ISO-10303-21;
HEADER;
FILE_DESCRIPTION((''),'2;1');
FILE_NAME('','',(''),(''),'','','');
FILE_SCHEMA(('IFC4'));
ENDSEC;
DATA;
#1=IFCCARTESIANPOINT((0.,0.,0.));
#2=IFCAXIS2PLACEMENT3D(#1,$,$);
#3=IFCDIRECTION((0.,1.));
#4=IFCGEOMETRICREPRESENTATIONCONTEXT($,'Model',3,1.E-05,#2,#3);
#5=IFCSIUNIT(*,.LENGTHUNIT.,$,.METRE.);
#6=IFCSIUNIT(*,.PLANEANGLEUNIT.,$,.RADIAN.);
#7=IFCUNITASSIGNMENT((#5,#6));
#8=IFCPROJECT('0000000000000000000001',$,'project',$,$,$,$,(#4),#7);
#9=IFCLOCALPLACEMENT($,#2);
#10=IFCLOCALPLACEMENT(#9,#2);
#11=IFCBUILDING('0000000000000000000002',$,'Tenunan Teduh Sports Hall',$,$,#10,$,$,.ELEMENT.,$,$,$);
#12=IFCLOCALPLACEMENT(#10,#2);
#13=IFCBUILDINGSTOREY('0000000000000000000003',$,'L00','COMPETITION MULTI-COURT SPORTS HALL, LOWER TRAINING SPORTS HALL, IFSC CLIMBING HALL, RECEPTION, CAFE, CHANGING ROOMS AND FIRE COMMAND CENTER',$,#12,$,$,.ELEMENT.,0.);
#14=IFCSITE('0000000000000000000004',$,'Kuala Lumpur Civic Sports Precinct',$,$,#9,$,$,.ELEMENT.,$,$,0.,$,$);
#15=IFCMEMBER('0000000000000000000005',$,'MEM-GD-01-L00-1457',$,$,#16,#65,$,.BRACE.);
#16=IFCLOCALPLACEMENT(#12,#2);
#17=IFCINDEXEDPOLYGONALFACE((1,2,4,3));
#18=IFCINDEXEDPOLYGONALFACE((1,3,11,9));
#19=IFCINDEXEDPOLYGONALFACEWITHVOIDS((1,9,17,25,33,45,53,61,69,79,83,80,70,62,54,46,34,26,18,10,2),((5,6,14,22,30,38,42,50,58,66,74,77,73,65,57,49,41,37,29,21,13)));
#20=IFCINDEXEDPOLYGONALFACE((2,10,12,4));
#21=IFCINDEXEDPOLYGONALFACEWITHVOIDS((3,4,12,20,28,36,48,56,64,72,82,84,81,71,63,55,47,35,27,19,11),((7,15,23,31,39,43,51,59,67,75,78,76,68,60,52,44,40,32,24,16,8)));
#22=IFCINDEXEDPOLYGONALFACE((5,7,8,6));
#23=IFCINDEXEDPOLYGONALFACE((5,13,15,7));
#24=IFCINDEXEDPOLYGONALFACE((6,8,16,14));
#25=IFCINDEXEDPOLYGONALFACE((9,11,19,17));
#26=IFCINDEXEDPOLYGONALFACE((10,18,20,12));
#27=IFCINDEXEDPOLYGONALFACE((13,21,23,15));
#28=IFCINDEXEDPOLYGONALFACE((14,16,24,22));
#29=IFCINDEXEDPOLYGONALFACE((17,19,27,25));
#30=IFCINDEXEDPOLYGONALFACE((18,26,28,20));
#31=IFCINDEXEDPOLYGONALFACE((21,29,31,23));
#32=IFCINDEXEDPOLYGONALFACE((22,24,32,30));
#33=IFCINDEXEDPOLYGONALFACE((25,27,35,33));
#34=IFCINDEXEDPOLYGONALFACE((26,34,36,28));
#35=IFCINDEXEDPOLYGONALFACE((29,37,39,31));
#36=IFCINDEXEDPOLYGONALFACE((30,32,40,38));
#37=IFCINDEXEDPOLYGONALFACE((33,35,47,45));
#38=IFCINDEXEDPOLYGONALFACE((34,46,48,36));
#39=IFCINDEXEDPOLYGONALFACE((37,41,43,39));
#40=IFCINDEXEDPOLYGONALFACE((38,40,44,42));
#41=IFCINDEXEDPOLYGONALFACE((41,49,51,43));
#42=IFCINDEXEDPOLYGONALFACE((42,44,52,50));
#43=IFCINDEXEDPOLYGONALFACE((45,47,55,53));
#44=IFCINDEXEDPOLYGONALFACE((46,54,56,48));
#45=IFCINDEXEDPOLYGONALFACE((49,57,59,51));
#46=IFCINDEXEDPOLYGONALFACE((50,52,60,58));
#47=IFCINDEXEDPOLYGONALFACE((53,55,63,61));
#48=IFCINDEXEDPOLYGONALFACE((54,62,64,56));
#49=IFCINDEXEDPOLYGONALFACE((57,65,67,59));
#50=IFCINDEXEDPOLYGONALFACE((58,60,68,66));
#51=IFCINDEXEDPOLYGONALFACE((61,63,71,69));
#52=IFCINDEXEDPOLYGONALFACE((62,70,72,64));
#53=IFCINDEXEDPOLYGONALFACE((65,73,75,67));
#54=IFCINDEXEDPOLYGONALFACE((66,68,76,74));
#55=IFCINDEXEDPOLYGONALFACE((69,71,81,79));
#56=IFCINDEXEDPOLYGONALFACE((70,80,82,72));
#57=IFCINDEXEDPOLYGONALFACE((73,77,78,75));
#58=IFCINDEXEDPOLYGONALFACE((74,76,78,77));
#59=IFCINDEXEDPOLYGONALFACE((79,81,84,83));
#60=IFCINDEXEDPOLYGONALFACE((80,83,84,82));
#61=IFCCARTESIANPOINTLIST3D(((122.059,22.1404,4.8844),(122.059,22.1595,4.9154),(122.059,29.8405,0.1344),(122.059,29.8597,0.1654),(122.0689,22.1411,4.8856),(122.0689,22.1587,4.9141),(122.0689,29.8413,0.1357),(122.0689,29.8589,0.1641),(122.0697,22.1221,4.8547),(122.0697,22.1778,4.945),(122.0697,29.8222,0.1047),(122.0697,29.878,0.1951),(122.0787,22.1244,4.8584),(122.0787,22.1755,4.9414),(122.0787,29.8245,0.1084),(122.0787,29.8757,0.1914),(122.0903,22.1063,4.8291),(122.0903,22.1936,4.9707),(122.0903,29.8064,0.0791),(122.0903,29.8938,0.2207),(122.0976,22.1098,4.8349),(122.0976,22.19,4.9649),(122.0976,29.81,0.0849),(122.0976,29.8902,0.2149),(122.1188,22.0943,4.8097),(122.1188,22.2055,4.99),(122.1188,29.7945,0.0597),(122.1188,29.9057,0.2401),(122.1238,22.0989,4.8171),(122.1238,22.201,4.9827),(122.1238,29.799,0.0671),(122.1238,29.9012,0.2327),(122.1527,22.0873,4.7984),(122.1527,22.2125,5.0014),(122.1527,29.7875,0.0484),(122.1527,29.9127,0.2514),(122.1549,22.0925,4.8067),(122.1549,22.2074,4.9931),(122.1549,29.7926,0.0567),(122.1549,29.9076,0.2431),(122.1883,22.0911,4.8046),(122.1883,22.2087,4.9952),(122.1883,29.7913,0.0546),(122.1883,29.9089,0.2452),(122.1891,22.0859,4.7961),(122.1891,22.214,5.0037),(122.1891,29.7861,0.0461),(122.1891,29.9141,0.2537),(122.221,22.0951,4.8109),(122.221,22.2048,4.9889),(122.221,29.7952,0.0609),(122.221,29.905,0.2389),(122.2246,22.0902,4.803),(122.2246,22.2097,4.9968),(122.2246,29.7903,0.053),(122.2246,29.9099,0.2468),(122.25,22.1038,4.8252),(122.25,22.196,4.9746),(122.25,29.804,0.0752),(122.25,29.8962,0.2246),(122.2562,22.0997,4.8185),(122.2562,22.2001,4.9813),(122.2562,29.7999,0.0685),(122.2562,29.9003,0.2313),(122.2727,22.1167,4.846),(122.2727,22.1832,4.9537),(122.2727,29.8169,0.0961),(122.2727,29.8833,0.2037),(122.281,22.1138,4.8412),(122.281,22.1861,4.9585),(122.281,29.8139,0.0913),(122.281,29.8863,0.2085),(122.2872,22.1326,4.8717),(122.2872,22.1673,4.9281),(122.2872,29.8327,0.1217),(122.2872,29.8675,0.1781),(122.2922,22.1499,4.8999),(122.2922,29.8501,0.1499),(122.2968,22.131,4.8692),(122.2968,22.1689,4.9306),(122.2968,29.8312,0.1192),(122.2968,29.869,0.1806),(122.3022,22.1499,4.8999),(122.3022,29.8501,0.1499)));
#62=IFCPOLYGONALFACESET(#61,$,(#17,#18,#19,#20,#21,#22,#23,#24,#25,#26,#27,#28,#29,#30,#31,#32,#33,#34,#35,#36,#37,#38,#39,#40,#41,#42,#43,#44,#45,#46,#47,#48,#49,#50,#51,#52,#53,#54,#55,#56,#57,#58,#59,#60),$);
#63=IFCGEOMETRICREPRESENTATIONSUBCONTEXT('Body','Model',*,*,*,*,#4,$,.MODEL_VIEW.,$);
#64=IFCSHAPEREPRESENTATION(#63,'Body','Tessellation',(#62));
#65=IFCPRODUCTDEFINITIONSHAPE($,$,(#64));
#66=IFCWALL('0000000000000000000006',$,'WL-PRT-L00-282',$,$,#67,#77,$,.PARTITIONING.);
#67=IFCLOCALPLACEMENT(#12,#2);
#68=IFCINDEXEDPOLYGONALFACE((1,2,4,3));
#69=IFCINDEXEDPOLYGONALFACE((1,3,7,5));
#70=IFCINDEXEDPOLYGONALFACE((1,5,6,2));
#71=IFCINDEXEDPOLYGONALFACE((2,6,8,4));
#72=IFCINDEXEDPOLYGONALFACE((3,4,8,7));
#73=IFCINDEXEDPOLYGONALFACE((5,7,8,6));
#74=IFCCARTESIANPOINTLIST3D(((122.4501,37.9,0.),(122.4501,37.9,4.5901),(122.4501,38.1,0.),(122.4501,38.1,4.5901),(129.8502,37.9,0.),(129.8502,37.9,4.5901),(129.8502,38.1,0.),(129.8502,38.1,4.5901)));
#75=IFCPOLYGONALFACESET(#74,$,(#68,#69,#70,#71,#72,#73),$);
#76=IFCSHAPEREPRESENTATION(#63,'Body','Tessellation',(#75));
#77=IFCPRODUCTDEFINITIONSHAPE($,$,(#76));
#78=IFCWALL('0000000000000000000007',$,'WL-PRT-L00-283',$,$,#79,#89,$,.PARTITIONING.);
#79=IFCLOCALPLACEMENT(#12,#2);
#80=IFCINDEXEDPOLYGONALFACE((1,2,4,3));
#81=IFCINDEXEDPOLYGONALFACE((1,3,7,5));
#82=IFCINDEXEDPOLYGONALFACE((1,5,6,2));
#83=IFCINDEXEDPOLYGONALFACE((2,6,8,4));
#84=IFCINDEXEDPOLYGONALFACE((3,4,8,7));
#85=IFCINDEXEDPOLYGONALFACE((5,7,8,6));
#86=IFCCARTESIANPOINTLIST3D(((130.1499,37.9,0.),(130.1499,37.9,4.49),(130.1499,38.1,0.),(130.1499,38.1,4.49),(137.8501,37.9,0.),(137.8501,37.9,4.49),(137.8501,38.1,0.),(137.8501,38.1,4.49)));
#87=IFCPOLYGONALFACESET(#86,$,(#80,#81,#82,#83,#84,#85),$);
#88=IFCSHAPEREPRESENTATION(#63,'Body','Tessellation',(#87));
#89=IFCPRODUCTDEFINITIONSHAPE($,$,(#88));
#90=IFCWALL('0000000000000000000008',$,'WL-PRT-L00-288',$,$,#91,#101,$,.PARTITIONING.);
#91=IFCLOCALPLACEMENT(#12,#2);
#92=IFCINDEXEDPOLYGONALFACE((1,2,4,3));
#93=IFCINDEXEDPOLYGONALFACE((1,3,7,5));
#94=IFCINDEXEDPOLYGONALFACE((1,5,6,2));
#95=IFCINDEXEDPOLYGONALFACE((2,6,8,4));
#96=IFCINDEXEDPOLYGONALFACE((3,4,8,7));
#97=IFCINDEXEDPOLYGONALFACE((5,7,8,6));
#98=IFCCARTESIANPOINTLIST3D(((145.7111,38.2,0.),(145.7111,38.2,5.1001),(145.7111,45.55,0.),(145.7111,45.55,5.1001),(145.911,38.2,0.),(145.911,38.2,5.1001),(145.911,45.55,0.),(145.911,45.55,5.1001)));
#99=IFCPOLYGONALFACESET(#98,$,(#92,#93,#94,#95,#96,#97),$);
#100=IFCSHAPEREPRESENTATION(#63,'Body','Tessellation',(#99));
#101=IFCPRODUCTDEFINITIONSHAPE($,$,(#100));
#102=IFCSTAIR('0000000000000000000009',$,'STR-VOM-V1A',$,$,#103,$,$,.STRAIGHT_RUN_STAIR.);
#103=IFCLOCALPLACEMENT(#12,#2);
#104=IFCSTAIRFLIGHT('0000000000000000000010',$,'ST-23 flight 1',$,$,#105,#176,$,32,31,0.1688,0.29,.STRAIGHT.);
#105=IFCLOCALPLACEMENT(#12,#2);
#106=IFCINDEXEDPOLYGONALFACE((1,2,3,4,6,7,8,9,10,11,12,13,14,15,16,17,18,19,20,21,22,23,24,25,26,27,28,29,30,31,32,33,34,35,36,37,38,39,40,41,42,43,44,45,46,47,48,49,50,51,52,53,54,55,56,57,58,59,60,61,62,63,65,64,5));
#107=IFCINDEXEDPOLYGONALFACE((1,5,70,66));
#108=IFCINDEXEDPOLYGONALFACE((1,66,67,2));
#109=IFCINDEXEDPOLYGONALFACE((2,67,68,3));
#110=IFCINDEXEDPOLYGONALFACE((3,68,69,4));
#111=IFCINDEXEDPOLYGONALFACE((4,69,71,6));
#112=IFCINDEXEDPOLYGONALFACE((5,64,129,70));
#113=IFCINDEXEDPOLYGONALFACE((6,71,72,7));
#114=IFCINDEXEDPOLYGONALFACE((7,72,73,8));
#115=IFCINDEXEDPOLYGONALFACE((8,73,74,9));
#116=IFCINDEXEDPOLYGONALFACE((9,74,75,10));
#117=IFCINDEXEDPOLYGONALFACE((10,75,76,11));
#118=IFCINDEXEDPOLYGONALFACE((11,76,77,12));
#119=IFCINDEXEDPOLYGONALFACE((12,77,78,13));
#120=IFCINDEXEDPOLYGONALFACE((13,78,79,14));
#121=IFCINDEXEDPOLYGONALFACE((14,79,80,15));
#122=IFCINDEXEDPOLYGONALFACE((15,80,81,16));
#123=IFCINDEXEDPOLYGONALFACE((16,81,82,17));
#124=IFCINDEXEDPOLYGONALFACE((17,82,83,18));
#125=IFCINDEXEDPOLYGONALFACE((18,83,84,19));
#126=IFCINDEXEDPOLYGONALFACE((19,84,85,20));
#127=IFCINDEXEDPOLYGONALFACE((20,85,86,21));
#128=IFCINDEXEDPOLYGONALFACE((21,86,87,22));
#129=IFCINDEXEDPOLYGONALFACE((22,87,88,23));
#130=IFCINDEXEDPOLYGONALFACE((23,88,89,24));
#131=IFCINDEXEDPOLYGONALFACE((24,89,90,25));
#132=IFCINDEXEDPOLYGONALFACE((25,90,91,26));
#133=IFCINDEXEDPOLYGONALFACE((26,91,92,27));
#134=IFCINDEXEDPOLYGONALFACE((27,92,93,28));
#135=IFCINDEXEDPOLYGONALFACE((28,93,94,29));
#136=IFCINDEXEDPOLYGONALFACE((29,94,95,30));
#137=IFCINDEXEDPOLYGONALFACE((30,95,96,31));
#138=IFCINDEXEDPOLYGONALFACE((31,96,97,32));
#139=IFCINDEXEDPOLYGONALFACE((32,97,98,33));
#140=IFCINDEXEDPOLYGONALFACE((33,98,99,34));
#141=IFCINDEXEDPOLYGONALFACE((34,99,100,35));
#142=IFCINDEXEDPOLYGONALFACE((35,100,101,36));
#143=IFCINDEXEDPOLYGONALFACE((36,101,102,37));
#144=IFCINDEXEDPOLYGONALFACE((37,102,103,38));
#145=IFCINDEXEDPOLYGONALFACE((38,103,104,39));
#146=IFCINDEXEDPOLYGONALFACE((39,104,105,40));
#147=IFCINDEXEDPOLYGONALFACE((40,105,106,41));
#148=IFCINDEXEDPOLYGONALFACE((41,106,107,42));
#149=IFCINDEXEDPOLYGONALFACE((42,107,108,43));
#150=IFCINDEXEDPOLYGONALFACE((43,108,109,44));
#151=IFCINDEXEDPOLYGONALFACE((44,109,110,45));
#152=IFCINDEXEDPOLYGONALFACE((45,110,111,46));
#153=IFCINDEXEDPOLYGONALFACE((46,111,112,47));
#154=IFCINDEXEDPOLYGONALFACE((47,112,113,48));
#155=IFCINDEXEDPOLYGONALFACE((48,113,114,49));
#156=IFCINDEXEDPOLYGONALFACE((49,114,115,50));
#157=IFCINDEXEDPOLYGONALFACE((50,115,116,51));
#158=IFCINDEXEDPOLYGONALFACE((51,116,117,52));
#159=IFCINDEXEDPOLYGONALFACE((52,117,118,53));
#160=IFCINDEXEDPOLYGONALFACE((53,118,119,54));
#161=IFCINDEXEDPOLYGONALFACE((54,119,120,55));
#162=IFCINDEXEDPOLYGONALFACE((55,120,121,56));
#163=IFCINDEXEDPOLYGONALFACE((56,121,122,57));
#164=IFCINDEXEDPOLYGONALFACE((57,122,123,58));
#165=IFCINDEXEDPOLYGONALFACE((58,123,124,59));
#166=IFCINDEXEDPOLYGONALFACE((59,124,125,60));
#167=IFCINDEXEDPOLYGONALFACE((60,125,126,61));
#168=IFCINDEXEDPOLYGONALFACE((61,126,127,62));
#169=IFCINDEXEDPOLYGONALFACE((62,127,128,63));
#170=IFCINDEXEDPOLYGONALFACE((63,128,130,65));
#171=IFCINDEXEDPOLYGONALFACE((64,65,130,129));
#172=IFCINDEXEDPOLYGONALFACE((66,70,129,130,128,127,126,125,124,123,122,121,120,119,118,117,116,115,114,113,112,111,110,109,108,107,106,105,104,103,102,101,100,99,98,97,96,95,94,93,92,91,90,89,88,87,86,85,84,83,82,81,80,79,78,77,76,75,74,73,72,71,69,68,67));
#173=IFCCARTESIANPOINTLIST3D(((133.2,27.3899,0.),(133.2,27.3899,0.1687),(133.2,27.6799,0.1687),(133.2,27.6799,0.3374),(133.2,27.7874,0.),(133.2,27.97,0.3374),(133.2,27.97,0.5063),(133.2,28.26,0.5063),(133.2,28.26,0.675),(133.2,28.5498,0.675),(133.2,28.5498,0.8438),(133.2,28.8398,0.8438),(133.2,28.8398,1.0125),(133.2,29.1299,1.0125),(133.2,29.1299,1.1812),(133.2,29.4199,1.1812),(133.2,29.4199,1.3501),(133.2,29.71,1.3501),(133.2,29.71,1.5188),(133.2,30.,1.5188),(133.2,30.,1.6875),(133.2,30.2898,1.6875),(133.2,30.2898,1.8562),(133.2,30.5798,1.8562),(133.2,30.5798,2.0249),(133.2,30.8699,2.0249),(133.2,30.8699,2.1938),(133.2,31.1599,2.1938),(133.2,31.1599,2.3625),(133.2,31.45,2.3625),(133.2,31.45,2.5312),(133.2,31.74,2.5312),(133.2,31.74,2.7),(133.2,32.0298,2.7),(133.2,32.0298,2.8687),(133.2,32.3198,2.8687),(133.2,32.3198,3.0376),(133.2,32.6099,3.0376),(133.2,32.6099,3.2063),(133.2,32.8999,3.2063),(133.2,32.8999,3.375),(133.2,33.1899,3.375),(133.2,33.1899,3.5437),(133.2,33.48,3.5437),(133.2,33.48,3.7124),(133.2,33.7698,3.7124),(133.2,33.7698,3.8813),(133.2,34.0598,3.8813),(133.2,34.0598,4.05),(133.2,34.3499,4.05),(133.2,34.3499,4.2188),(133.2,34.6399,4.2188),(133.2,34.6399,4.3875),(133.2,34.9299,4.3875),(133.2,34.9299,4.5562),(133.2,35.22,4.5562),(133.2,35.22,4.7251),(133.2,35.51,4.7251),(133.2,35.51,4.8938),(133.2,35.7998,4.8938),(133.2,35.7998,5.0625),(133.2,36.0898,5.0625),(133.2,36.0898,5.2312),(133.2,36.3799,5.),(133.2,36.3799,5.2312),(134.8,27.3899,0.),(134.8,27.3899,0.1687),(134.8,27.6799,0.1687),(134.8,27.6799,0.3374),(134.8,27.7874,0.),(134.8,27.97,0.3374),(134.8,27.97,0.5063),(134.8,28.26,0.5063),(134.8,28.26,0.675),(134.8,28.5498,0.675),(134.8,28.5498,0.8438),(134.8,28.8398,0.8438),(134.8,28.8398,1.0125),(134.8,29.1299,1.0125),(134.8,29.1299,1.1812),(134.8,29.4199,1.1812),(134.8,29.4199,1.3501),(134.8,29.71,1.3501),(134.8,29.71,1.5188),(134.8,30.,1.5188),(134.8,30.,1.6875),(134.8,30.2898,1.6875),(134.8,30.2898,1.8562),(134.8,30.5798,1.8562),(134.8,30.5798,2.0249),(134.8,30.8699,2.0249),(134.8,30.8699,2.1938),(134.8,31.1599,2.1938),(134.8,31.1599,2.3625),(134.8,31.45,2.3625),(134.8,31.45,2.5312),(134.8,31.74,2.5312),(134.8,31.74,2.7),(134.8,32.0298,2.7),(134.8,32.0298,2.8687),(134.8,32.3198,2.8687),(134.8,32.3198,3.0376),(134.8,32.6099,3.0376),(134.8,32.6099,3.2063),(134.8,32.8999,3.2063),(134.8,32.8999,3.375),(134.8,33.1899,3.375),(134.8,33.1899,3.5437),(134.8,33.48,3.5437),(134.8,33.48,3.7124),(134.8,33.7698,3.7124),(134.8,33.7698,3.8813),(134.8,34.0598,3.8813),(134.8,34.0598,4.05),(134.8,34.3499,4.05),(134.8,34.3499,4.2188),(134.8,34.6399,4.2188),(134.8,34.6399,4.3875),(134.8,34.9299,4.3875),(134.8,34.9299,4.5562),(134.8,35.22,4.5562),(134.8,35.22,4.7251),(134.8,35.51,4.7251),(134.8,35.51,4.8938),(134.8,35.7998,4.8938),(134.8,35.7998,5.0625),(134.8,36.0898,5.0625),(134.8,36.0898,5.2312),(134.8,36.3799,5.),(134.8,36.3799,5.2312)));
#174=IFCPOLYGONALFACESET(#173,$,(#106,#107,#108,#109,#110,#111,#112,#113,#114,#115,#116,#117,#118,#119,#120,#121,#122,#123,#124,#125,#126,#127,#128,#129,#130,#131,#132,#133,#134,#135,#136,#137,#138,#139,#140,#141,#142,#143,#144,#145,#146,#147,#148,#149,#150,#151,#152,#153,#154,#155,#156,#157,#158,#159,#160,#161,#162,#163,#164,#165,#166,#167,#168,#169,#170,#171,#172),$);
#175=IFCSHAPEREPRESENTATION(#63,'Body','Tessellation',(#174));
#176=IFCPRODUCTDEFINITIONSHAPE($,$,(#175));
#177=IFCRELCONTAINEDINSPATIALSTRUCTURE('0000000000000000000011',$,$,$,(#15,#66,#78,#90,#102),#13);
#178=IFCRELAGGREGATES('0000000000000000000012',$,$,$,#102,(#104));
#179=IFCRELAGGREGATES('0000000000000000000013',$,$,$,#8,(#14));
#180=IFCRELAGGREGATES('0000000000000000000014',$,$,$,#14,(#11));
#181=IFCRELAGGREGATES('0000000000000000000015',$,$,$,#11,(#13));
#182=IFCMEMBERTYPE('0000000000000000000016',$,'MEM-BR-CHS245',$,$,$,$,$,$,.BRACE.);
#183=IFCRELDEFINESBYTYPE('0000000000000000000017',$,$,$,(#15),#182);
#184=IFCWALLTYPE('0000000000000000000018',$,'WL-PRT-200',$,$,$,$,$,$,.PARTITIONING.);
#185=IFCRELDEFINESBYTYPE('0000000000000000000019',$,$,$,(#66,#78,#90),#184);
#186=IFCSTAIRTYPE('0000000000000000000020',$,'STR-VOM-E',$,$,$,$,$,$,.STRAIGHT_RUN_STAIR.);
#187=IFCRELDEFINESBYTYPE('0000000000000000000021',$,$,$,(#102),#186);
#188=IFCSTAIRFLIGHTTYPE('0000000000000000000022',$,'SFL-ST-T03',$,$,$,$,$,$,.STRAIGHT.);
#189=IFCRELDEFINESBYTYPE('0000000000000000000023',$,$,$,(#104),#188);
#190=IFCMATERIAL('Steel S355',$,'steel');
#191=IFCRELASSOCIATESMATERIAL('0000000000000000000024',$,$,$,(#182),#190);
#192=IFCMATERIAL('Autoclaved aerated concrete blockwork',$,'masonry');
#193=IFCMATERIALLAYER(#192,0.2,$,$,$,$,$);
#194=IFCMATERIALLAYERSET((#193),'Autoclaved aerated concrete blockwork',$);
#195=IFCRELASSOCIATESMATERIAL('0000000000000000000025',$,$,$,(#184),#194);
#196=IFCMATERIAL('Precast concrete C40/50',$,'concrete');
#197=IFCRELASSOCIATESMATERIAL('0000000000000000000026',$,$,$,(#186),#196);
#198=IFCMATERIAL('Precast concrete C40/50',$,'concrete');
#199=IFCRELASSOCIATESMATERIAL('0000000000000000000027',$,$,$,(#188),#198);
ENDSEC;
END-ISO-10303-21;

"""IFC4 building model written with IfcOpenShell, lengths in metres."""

from ifc_helpers import new_model, si_unit, direction, frame, frame_2d, origin, origin_2d, place, context, subcontext, project, spatial, polyline, rectangle, hollow_circle, outline, extrude, material, layer, layer_set, material_profile, profile_set, type_object, element, aggregate, save


model = new_model("IFC4")

# Units and contexts
model_context = context("Model", 3, precision=1e-05, world=origin(), true_north=direction((0.0, 1.0)))
body_context = subcontext(model_context, "Body", "Model", "MODEL_VIEW")
ifc_project = project(units=[si_unit("LENGTHUNIT", "METRE"), si_unit("PLANEANGLEUNIT", "RADIAN")], contexts=[model_context])

# Site, building, storey
site_placement = place(None, origin())
site = spatial("IfcSite", under=ifc_project, at=site_placement, Name="Kuala Lumpur Civic Sports Precinct", CompositionType="ELEMENT", RefElevation=0.0)
building_placement = place(site_placement, origin())
building = spatial("IfcBuilding", under=site, at=building_placement, Name="Tenunan Teduh Sports Hall", CompositionType="ELEMENT")
storey_placement = place(building_placement, origin())
storey = spatial("IfcBuildingStorey", under=building, at=storey_placement, Name="L00", Description="COMPETITION MULTI-COURT SPORTS HALL, LOWER TRAINING SPORTS HALL, IFSC CLIMBING HALL, RECEPTION, CAFE, CHANGING ROOMS AND FIRE COMMAND CENTER", CompositionType="ELEMENT", Elevation=0.0)

# Member
ifc_material_1 = material(Name="Steel S355", Category="steel")
ifc_material_profile_1 = material_profile(ifc_material_1, hollow_circle(Radius=0.1223, WallThickness=0.01, at=origin_2d()), Name="CHS 244.5x10.0")
ifc_profile_set_1 = profile_set([ifc_material_profile_1], Name="Steel S355")
member_type = type_object("IfcMemberType", Name="MEM-BR-CHS245", PredefinedType="BRACE", material=ifc_profile_set_1)
member_placement = place(storey_placement, frame((122.1799, 29.8501, 0.1499), z_axis=(0.0, -0.851095, 0.525013), x_axis=(1.0, 0.0, 0.0)))
element("IfcMember", 1, at=member_placement, inside=storey, type_object=member_type, Name="MEM-GD-01-L00-1457", PredefinedType="BRACE", context=body_context, shape_type="SweptSolid", body=[
    extrude(hollow_circle(Radius=0.1223, WallThickness=0.01, at=origin_2d()), origin(), (0.0, 0.0, 1.0), 9.0474),
])

# Walls
ifc_material_2 = material(Name="Autoclaved aerated concrete blockwork", Category="masonry")
ifc_layer_1 = layer(ifc_material_2, 0.2)
ifc_layer_set_1 = layer_set([ifc_layer_1], Name="Autoclaved aerated concrete blockwork")
wall_type = type_object("IfcWallType", Name="WL-PRT-200", PredefinedType="PARTITIONING", material=ifc_layer_set_1)
wall_1_placement = place(storey_placement, frame((122.45, 38.0, 0.0), z_axis=(0.0, 0.0, 1.0), x_axis=(1.0, 0.0, 0.0)))
element("IfcWall", 2, at=wall_1_placement, inside=storey, type_object=wall_type, Name="WL-PRT-L00-282", PredefinedType="PARTITIONING", context=body_context, shape_type="SweptSolid", body=[
    extrude(rectangle(XDim=7.4001, YDim=0.2, at=frame_2d((3.7002, 0.0))), origin(), (0.0, 0.0, 1.0), 4.5901),
])
wall_2_placement = place(storey_placement, frame((130.1499, 38.0, 0.0), z_axis=(0.0, 0.0, 1.0), x_axis=(1.0, 0.0, 0.0)))
element("IfcWall", 3, at=wall_2_placement, inside=storey, type_object=wall_type, Name="WL-PRT-L00-283", PredefinedType="PARTITIONING", context=body_context, shape_type="SweptSolid", body=[
    extrude(rectangle(XDim=7.7002, YDim=0.2, at=frame_2d((3.8501, 0.0))), origin(), (0.0, 0.0, 1.0), 4.49),
])

# Wall
wall_3_placement = place(storey_placement, frame((145.811, 38.2, 0.0), z_axis=(0.0, 0.0, 1.0), x_axis=(0.0, 1.0, 0.0)))
element("IfcWall", 4, at=wall_3_placement, inside=storey, type_object=wall_type, Name="WL-PRT-L00-288", PredefinedType="PARTITIONING", context=body_context, shape_type="SweptSolid", body=[
    extrude(rectangle(XDim=7.3501, YDim=0.2, at=frame_2d((3.675, 0.0))), origin(), (0.0, 0.0, 1.0), 5.1001),
])

# Stair, stair flight
ifc_material_3 = material(Name="Precast concrete C40/50", Category="concrete")
stair_type = type_object("IfcStairType", Name="STR-VOM-E", PredefinedType="STRAIGHT_RUN_STAIR", material=ifc_material_3)
stair_1_placement = place(storey_placement, origin())
stair_1 = element("IfcStair", 5, at=stair_1_placement, inside=storey, type_object=stair_type, Name="STR-VOM-V1A", PredefinedType="STRAIGHT_RUN_STAIR")
ifc_material_4 = material(Name="Precast concrete C40/50", Category="concrete")
stair_flight_type = type_object("IfcStairFlightType", Name="SFL-ST-T03", PredefinedType="STRAIGHT", material=ifc_material_4)
stair_flight_1_placement = place(storey_placement, frame((134.0, 27.3899, 0.0), z_axis=(0.0, 0.0, 1.0), x_axis=(0.0, 1.0, 0.0)))
stair_flight_1 = element("IfcStairFlight", 6, at=stair_flight_1_placement, type_object=stair_flight_type, Name="ST-23 flight 1", NumberOfRisers=32, NumberOfTreads=31, PredefinedType="STRAIGHT", RiserHeight=0.1688, TreadLength=0.29, context=body_context, shape_type="SweptSolid", body=[
    extrude(outline(polyline([(0.0, 0.0), (0.0, 0.1687), (0.29, 0.1687), (0.29, 0.3374), (0.5801, 0.3374), (0.5801, 0.5063), (0.8701, 0.5063), (0.8701, 0.675), (1.1599, 0.675), (1.1599, 0.8438), (1.45, 0.8438), (1.45, 1.0125), (1.74, 1.0125), (1.74, 1.1812), (2.03, 1.1812), (2.03, 1.3501), (2.3201, 1.3501), (2.3201, 1.5188), (2.6101, 1.5188), (2.6101, 1.6875), (2.8999, 1.6875), (2.8999, 1.8562), (3.1899, 1.8562), (3.1899, 2.0249), (3.48, 2.0249), (3.48, 2.1938), (3.77, 2.1938), (3.77, 2.3625), (4.0601, 2.3625), (4.0601, 2.5312), (4.3501, 2.5312), (4.3501, 2.7), (4.6399, 2.7), (4.6399, 2.8687), (4.9299, 2.8687), (4.9299, 3.0376), (5.22, 3.0376), (5.22, 3.2063), (5.51, 3.2063), (5.51, 3.375), (5.8, 3.375), (5.8, 3.5437), (6.0901, 3.5437), (6.0901, 3.7124), (6.3799, 3.7124), (6.3799, 3.8813), (6.6699, 3.8813), (6.6699, 4.05), (6.96, 4.05), (6.96, 4.2188), (7.25, 4.2188), (7.25, 4.3875), (7.54, 4.3875), (7.54, 4.5562), (7.8301, 4.5562), (7.8301, 4.7251), (8.1201, 4.7251), (8.1201, 4.8938), (8.4099, 4.8938), (8.4099, 5.0625), (8.7, 5.0625), (8.7, 5.2312), (8.99, 5.2312), (8.99, 5.3999), (8.99, 5.0), (0.3975, 0.0), (0.0, 0.0)])), frame((0.0, 0.8, 0.0), z_axis=(0.0, -1.0, 0.0), x_axis=(1.0, 0.0, 0.0)), (0.0, 0.0, 1.0), 1.6001),
])

aggregate(stair_1, [stair_flight_1])

save(model, "model.ifc")
